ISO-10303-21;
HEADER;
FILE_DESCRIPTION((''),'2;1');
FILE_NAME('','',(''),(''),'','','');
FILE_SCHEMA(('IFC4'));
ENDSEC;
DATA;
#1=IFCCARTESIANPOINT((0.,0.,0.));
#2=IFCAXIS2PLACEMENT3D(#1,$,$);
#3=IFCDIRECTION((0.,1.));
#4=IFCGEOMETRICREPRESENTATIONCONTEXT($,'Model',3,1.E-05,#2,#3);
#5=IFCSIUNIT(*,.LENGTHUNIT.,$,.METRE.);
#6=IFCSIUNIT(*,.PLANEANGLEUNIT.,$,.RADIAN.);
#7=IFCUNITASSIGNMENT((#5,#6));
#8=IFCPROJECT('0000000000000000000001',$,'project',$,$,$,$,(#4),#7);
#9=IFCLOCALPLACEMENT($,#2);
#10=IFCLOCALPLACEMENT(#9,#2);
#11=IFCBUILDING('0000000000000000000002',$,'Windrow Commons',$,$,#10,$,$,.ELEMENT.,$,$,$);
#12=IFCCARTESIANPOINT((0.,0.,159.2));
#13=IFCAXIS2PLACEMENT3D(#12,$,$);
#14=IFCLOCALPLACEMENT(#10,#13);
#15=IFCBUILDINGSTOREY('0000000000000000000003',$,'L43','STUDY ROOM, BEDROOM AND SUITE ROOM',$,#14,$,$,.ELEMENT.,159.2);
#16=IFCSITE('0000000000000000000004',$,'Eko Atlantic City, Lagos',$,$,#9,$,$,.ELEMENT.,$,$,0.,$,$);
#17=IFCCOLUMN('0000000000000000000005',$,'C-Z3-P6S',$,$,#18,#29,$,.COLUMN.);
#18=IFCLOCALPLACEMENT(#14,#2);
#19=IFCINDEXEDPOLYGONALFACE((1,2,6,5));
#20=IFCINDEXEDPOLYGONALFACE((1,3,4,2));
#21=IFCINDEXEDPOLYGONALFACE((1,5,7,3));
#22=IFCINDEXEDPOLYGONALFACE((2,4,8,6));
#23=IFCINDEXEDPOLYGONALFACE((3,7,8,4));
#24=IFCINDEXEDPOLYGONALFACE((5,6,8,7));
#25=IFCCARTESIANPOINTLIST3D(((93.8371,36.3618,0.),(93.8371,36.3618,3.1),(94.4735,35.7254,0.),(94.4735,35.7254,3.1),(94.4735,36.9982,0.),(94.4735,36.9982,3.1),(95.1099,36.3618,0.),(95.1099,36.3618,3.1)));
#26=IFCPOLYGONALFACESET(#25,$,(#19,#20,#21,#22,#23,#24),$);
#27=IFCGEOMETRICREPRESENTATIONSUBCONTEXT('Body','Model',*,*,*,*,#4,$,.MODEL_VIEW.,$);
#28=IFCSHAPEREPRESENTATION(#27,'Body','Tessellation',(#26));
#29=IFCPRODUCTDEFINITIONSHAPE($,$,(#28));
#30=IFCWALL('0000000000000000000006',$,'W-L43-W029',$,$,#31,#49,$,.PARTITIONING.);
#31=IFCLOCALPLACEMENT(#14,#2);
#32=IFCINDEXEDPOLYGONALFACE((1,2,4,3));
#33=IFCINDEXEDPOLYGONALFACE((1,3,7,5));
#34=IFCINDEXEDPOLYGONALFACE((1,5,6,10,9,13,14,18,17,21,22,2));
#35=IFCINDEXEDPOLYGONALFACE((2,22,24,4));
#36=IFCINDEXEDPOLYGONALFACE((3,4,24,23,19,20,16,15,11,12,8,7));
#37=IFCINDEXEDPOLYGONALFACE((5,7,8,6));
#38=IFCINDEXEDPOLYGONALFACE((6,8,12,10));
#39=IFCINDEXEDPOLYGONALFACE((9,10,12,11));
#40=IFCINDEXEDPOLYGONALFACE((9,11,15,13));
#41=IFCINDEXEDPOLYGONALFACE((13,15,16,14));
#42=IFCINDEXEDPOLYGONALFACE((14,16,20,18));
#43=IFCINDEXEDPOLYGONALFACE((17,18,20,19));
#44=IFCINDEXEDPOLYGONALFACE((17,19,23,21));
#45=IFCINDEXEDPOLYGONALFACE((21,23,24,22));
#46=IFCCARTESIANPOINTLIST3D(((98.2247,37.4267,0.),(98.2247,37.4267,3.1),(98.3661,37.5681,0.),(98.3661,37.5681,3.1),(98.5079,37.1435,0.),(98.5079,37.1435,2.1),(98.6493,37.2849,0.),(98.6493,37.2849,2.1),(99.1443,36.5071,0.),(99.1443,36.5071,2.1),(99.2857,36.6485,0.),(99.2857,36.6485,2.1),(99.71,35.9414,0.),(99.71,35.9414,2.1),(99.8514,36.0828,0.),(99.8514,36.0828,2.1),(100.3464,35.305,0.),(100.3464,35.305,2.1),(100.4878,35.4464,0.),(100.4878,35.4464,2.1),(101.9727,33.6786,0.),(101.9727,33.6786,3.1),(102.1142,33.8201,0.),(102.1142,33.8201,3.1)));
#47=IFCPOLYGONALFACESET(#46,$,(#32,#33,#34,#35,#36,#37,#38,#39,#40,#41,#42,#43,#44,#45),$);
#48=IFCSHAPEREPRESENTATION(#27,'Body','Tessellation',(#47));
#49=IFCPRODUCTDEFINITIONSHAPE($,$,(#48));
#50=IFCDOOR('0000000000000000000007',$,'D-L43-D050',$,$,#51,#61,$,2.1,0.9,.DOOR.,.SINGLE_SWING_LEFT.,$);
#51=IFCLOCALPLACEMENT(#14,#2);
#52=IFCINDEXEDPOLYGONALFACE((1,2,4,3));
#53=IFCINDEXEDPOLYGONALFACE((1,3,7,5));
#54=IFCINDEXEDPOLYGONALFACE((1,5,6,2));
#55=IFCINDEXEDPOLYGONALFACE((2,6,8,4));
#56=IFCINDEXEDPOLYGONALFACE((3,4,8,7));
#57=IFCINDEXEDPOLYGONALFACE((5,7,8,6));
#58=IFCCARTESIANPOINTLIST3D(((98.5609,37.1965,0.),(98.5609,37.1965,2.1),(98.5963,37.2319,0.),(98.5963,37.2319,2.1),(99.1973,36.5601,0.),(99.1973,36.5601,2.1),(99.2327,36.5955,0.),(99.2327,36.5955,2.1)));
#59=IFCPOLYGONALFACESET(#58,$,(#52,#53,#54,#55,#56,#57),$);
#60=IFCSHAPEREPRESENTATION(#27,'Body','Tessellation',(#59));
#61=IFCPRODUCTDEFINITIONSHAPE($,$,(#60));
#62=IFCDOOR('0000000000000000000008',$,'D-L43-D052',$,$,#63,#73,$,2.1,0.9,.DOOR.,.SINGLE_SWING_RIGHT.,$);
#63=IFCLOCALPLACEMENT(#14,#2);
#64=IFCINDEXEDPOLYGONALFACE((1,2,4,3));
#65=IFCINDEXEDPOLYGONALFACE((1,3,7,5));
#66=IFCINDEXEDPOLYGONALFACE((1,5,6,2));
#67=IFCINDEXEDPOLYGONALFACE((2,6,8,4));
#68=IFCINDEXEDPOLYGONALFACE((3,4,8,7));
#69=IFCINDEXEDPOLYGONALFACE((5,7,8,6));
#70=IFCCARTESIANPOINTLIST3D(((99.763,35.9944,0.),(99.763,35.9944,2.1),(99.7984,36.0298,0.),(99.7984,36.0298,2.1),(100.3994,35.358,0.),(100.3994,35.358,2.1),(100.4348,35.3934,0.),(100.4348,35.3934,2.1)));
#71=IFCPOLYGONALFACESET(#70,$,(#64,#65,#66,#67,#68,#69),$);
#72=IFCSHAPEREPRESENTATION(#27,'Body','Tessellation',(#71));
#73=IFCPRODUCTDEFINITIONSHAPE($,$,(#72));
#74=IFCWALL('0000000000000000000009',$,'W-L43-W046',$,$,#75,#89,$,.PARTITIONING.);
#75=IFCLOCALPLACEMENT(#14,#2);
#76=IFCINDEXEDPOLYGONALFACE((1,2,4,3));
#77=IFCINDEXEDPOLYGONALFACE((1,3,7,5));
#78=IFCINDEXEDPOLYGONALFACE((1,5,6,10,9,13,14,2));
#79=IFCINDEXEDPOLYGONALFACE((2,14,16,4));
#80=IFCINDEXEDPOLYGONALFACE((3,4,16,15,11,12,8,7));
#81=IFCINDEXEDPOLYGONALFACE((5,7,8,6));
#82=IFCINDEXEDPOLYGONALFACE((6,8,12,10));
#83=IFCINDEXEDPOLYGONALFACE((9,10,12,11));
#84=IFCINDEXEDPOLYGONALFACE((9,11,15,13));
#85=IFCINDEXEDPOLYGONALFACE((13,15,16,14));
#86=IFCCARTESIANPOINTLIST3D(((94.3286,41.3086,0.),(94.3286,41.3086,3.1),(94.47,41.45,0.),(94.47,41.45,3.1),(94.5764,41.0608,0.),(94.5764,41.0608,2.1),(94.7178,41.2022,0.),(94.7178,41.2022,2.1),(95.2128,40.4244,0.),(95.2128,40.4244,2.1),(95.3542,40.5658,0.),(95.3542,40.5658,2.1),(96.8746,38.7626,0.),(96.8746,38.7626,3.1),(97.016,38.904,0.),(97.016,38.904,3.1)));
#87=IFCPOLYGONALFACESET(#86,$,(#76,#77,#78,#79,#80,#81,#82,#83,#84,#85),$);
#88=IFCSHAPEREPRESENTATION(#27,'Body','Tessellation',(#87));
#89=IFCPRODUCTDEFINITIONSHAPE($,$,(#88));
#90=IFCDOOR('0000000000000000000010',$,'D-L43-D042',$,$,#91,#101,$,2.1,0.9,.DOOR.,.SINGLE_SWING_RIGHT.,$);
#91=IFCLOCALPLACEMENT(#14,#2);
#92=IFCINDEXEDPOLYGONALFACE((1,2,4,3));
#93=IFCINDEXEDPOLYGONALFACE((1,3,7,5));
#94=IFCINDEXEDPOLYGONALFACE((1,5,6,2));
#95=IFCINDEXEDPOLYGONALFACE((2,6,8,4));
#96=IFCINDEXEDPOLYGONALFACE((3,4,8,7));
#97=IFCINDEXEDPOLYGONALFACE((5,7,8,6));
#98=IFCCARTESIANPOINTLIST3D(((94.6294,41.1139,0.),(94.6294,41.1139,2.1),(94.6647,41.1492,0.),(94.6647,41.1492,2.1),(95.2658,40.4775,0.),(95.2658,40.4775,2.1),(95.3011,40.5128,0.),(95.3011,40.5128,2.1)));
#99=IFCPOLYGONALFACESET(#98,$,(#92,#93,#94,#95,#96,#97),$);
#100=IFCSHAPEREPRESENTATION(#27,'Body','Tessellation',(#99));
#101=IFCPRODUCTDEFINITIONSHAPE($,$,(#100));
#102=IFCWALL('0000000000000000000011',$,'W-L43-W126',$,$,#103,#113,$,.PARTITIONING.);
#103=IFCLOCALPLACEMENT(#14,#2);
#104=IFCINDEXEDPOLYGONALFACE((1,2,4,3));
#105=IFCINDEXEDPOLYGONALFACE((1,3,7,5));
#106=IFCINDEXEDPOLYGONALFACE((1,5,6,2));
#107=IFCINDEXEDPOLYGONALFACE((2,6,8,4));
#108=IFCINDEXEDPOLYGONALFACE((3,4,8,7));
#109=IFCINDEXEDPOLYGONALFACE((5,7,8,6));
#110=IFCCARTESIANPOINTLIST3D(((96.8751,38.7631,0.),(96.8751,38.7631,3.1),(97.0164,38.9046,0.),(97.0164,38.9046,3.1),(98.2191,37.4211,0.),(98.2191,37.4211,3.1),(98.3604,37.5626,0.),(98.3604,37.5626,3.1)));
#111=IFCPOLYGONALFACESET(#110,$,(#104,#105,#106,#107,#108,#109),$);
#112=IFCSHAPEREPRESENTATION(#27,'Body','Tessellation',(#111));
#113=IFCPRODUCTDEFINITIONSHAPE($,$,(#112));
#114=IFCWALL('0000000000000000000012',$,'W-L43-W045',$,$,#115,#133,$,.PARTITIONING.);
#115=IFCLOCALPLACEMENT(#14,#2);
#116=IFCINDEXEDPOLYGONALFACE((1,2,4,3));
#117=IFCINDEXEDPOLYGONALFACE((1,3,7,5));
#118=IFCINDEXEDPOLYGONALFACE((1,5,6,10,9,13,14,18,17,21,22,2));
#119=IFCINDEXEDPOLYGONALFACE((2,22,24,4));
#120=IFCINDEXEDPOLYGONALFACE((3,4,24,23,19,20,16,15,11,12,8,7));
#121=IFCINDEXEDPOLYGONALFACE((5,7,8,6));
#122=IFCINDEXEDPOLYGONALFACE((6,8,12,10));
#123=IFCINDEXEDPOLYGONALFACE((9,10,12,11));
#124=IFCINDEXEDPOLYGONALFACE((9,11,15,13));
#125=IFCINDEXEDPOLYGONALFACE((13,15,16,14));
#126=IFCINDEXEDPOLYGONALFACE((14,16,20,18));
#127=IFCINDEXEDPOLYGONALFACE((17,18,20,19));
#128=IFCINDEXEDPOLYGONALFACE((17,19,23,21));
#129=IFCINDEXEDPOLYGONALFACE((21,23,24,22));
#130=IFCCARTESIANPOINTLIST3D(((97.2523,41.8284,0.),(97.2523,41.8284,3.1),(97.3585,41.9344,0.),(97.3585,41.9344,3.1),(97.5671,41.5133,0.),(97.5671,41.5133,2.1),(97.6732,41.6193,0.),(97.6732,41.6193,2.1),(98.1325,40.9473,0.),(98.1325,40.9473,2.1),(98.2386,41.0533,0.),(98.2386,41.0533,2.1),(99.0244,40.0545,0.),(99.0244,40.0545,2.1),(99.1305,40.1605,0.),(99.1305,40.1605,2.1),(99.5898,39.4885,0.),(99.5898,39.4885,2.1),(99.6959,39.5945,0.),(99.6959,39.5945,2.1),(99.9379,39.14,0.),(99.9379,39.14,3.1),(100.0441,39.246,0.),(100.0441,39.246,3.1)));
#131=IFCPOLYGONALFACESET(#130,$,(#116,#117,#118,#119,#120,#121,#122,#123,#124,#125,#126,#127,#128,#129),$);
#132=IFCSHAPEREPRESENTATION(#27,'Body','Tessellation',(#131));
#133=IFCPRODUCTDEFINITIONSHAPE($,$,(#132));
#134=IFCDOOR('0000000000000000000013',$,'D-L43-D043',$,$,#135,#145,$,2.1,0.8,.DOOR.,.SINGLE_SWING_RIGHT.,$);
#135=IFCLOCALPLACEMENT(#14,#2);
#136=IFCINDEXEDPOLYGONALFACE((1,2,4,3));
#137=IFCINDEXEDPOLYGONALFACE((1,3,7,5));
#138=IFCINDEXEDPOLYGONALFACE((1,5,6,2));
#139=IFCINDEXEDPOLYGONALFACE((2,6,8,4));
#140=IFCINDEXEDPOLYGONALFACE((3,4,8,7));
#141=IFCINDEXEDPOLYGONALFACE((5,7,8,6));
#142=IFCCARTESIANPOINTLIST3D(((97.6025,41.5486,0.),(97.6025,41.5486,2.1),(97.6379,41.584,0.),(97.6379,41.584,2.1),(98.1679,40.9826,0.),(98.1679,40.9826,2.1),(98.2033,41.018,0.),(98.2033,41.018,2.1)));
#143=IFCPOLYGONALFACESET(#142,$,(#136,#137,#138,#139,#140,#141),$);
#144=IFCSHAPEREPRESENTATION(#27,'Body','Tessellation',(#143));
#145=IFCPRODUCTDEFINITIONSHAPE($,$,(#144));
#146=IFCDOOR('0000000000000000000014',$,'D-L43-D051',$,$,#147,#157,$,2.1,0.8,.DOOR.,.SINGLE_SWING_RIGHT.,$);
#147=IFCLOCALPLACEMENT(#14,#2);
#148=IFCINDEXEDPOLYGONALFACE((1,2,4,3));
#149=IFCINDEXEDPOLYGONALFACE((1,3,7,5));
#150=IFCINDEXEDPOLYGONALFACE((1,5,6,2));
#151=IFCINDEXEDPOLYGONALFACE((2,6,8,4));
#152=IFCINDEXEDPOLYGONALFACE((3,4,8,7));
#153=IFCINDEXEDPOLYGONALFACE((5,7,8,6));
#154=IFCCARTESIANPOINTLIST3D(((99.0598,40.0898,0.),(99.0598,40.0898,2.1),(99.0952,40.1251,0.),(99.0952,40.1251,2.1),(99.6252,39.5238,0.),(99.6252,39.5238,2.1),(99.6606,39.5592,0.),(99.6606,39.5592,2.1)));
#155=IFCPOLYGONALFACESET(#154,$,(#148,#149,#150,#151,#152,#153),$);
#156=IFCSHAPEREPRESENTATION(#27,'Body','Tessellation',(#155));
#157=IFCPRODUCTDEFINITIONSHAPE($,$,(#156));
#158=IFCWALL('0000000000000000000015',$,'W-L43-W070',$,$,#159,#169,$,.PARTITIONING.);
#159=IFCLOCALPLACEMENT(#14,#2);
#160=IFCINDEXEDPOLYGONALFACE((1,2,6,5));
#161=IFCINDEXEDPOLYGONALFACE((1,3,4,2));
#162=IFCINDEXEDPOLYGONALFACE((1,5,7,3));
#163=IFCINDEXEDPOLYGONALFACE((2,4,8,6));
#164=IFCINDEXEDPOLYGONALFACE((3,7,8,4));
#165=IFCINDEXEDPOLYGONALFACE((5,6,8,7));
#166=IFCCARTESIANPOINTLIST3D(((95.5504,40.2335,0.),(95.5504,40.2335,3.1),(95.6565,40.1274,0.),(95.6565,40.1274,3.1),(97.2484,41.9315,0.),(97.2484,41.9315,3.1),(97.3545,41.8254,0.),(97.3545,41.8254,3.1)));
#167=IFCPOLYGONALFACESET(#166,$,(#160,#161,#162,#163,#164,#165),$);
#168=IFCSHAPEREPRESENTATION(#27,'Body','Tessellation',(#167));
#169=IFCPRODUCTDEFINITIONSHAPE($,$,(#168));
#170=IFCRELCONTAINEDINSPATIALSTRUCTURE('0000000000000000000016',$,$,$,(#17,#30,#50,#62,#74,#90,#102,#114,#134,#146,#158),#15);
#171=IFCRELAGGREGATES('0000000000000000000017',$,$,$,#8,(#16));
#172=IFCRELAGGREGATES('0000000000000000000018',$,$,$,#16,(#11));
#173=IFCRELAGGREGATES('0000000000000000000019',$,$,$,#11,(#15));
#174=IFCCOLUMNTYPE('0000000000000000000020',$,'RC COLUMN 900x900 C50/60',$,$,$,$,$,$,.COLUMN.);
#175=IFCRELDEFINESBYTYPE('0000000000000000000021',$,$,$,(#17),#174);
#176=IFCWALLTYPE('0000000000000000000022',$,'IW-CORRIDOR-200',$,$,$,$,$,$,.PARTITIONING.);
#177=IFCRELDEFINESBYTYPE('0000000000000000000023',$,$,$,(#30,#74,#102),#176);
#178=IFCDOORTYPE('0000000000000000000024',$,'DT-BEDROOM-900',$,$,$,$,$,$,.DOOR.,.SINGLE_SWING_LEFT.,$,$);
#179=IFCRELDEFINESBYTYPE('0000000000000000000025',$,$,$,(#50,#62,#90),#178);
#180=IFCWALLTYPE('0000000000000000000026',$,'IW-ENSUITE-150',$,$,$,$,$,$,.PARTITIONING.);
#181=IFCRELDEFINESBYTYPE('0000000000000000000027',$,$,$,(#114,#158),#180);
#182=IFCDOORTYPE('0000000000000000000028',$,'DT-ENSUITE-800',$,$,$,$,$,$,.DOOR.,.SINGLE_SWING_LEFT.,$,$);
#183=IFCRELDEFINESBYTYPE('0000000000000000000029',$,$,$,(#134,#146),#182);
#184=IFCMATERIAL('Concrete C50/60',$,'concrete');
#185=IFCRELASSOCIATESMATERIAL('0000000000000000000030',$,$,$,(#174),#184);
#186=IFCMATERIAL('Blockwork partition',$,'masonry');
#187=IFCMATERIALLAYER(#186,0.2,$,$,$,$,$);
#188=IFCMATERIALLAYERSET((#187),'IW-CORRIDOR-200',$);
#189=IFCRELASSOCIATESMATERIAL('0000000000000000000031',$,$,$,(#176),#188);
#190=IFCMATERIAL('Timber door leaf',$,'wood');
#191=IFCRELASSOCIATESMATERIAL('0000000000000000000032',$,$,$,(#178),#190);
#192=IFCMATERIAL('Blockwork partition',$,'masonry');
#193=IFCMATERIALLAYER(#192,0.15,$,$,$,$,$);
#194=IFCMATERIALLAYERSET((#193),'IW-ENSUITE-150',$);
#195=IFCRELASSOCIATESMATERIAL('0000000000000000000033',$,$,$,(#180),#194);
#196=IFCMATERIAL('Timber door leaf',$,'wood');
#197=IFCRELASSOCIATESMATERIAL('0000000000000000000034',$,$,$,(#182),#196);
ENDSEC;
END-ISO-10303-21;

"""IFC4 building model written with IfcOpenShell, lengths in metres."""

from ifc_helpers import new_model, si_unit, direction, frame, frame_2d, origin, origin_2d, place, context, subcontext, project, spatial, rectangle, extrude, material, layer, layer_set, material_profile, profile_set, type_object, element, fill, save


model = new_model("IFC4")

# Units and contexts
model_context = context("Model", 3, precision=1e-05, world=origin(), true_north=direction((0.0, 1.0)))
body_context = subcontext(model_context, "Body", "Model", "MODEL_VIEW")
ifc_project = project(units=[si_unit("LENGTHUNIT", "METRE"), si_unit("PLANEANGLEUNIT", "RADIAN")], contexts=[model_context])

# Site, building, storey
site_placement = place(None, origin())
site = spatial("IfcSite", under=ifc_project, at=site_placement, Name="Eko Atlantic City, Lagos", CompositionType="ELEMENT", RefElevation=0.0)
building_placement = place(site_placement, origin())
building = spatial("IfcBuilding", under=site, at=building_placement, Name="Windrow Commons", CompositionType="ELEMENT")
storey_placement = place(building_placement, frame((0.0, 0.0, 159.2)))
storey = spatial("IfcBuildingStorey", under=building, at=storey_placement, Name="L43", Description="STUDY ROOM, BEDROOM AND SUITE ROOM", CompositionType="ELEMENT", Elevation=159.2)

# Column
ifc_material_1 = material(Name="Concrete C50/60", Category="concrete")
ifc_material_profile = material_profile(ifc_material_1, rectangle(XDim=0.9, YDim=0.9, at=origin_2d()))
ifc_profile_set = profile_set([ifc_material_profile], Name="Concrete C50/60")
column_type = type_object("IfcColumnType", Name="RC COLUMN 900x900 C50/60", PredefinedType="COLUMN", material=ifc_profile_set)
column_placement = place(storey_placement, frame((94.4735, 36.3618, 0.0), z_axis=(0.0, 0.0, 1.0), x_axis=(0.707107, -0.707107, 0.0)))
element("IfcColumn", 1, at=column_placement, inside=storey, type_object=column_type, Name="C-Z3-P6S", PredefinedType="COLUMN", context=body_context, shape_type="SweptSolid", body=[
    extrude(rectangle(XDim=0.9, YDim=0.9, at=origin_2d()), origin(), (0.0, 0.0, 1.0), 3.1),
])

# Wall, openings, doors
ifc_material_2 = material(Name="Blockwork partition", Category="masonry")
ifc_layer_1 = layer(ifc_material_2, 0.2)
ifc_layer_set_1 = layer_set([ifc_layer_1], Name="IW-CORRIDOR-200")
wall_type_1 = type_object("IfcWallType", Name="IW-CORRIDOR-200", PredefinedType="PARTITIONING", material=ifc_layer_set_1)
wall_1_placement = place(storey_placement, frame((98.2954, 37.4974, 0.0), z_axis=(0.0, 0.0, 1.0), x_axis=(0.707107, -0.707107, 0.0)))
wall_1 = element("IfcWall", 2, at=wall_1_placement, inside=storey, type_object=wall_type_1, Name="W-L43-W029", PredefinedType="PARTITIONING", context=body_context, shape_type="SweptSolid", body=[
    extrude(rectangle(XDim=5.3005, YDim=0.2, at=frame_2d((2.6503, 0.0))), origin(), (0.0, 0.0, 1.0), 3.1),
])
opening_1_placement = place(wall_1_placement, frame((0.4005, 0.0, 0.0)))
opening_1 = element("IfcOpeningElement", 3, at=opening_1_placement, cuts=wall_1, PredefinedType="OPENING", context=body_context, shape_type="SweptSolid", body=[
    extrude(rectangle(XDim=0.9, YDim=2.1, at=frame_2d((0.45, 1.05))), frame((0.0, 0.11, 0.0), z_axis=(0.0, -1.0, 0.0), x_axis=(1.0, 0.0, 0.0)), (0.0, 0.0, 1.0), 0.22),
])
opening_2_placement = place(wall_1_placement, frame((2.1005, 0.0, 0.0)))
opening_2 = element("IfcOpeningElement", 4, at=opening_2_placement, cuts=wall_1, PredefinedType="OPENING", context=body_context, shape_type="SweptSolid", body=[
    extrude(rectangle(XDim=0.9, YDim=2.1, at=frame_2d((0.45, 1.05))), frame((0.0, 0.11, 0.0), z_axis=(0.0, -1.0, 0.0), x_axis=(1.0, 0.0, 0.0)), (0.0, 0.0, 1.0), 0.22),
])
ifc_material_3 = material(Name="Timber door leaf", Category="wood")
door_type_1 = type_object("IfcDoorType", Name="DT-BEDROOM-900", OperationType="SINGLE_SWING_LEFT", PredefinedType="DOOR", material=ifc_material_3)
door_1_placement = place(opening_1_placement, origin())
door_1 = element("IfcDoor", 5, at=door_1_placement, inside=storey, type_object=door_type_1, Name="D-L43-D050", OperationType="SINGLE_SWING_LEFT", OverallHeight=2.1, OverallWidth=0.9, PredefinedType="DOOR", context=body_context, shape_type="SweptSolid", body=[
    extrude(rectangle(XDim=0.9, YDim=2.1, at=frame_2d((0.45, 1.05))), frame((0.0, 0.025, 0.0), z_axis=(0.0, -1.0, 0.0), x_axis=(1.0, 0.0, 0.0)), (0.0, 0.0, 1.0), 0.05),
])
fill(opening_1, door_1)
door_2_placement = place(opening_2_placement, origin())
door_2 = element("IfcDoor", 6, at=door_2_placement, inside=storey, type_object=door_type_1, Name="D-L43-D052", OperationType="SINGLE_SWING_RIGHT", OverallHeight=2.1, OverallWidth=0.9, PredefinedType="DOOR", context=body_context, shape_type="SweptSolid", body=[
    extrude(rectangle(XDim=0.9, YDim=2.1, at=frame_2d((0.45, 1.05))), frame((0.0, 0.025, 0.0), z_axis=(0.0, -1.0, 0.0), x_axis=(1.0, 0.0, 0.0)), (0.0, 0.0, 1.0), 0.05),
])
fill(opening_2, door_2)

# Wall, opening, door
wall_2_placement = place(storey_placement, frame((94.3993, 41.3793, 0.0), z_axis=(0.0, 0.0, 1.0), x_axis=(0.707107, -0.707107, 0.0)))
wall_2 = element("IfcWall", 7, at=wall_2_placement, inside=storey, type_object=wall_type_1, Name="W-L43-W046", PredefinedType="PARTITIONING", context=body_context, shape_type="SweptSolid", body=[
    extrude(rectangle(XDim=3.6006, YDim=0.2, at=frame_2d((1.8003, 0.0))), origin(), (0.0, 0.0, 1.0), 3.1),
])
opening_3_placement = place(wall_2_placement, frame((0.3504, 0.0, 0.0)))
opening_3 = element("IfcOpeningElement", 8, at=opening_3_placement, cuts=wall_2, PredefinedType="OPENING", context=body_context, shape_type="SweptSolid", body=[
    extrude(rectangle(XDim=0.9, YDim=2.1, at=frame_2d((0.45, 1.05))), frame((0.0, 0.11, 0.0), z_axis=(0.0, -1.0, 0.0), x_axis=(1.0, 0.0, 0.0)), (0.0, 0.0, 1.0), 0.22),
])
door_3_placement = place(opening_3_placement, origin())
door_3 = element("IfcDoor", 9, at=door_3_placement, inside=storey, type_object=door_type_1, Name="D-L43-D042", OperationType="SINGLE_SWING_RIGHT", OverallHeight=2.1, OverallWidth=0.9, PredefinedType="DOOR", context=body_context, shape_type="SweptSolid", body=[
    extrude(rectangle(XDim=0.9, YDim=2.1, at=frame_2d((0.45, 1.05))), frame((0.0, 0.025, 0.0), z_axis=(0.0, -1.0, 0.0), x_axis=(1.0, 0.0, 0.0)), (0.0, 0.0, 1.0), 0.05),
])
fill(opening_3, door_3)

# Wall
wall_3_placement = place(storey_placement, frame((96.9458, 38.8338, 0.0), z_axis=(0.0, 0.0, 1.0), x_axis=(0.707633, -0.70658, 0.0)))
element("IfcWall", 10, at=wall_3_placement, inside=storey, type_object=wall_type_1, Name="W-L43-W126", PredefinedType="PARTITIONING", context=body_context, shape_type="SweptSolid", body=[
    extrude(rectangle(XDim=1.8993, YDim=0.2, at=frame_2d((0.9496, 0.0))), origin(), (0.0, 0.0, 1.0), 3.1),
])

# Wall, openings, doors
ifc_material_4 = material(Name="Blockwork partition", Category="masonry")
ifc_layer_2 = layer(ifc_material_4, 0.15)
ifc_layer_set_2 = layer_set([ifc_layer_2], Name="IW-ENSUITE-150")
wall_type_2 = type_object("IfcWallType", Name="IW-ENSUITE-150", PredefinedType="PARTITIONING", material=ifc_layer_set_2)
wall_4_placement = place(storey_placement, frame((97.3054, 41.8814, 0.0), z_axis=(0.0, 0.0, 1.0), x_axis=(0.706738, -0.707475, 0.0)))
wall_4 = element("IfcWall", 11, at=wall_4_placement, inside=storey, type_object=wall_type_2, Name="W-L43-W045", PredefinedType="PARTITIONING", context=body_context, shape_type="SweptSolid", body=[
    extrude(rectangle(XDim=3.8, YDim=0.15, at=frame_2d((1.9, 0.0))), origin(), (0.0, 0.0, 1.0), 3.1),
])
opening_4_placement = place(wall_4_placement, frame((0.4454, 0.0, 0.0)))
opening_4 = element("IfcOpeningElement", 12, at=opening_4_placement, cuts=wall_4, PredefinedType="OPENING", context=body_context, shape_type="SweptSolid", body=[
    extrude(rectangle(XDim=0.8, YDim=2.1, at=frame_2d((0.4, 1.05))), frame((0.0, 0.085, 0.0), z_axis=(0.0, -1.0, 0.0), x_axis=(1.0, 0.0, 0.0)), (0.0, 0.0, 1.0), 0.17),
])
opening_5_placement = place(wall_4_placement, frame((2.5074, 0.0, 0.0)))
opening_5 = element("IfcOpeningElement", 13, at=opening_5_placement, cuts=wall_4, PredefinedType="OPENING", context=body_context, shape_type="SweptSolid", body=[
    extrude(rectangle(XDim=0.8, YDim=2.1, at=frame_2d((0.4, 1.05))), frame((0.0, 0.085, 0.0), z_axis=(0.0, -1.0, 0.0), x_axis=(1.0, 0.0, 0.0)), (0.0, 0.0, 1.0), 0.17),
])
ifc_material_5 = material(Name="Timber door leaf", Category="wood")
door_type_2 = type_object("IfcDoorType", Name="DT-ENSUITE-800", OperationType="SINGLE_SWING_LEFT", PredefinedType="DOOR", material=ifc_material_5)
door_4_placement = place(opening_4_placement, origin())
door_4 = element("IfcDoor", 14, at=door_4_placement, inside=storey, type_object=door_type_2, Name="D-L43-D043", OperationType="SINGLE_SWING_RIGHT", OverallHeight=2.1, OverallWidth=0.8, PredefinedType="DOOR", context=body_context, shape_type="SweptSolid", body=[
    extrude(rectangle(XDim=0.8, YDim=2.1, at=frame_2d((0.4, 1.05))), frame((0.0, 0.025, 0.0), z_axis=(0.0, -1.0, 0.0), x_axis=(1.0, 0.0, 0.0)), (0.0, 0.0, 1.0), 0.05),
])
fill(opening_4, door_4)
door_5_placement = place(opening_5_placement, origin())
door_5 = element("IfcDoor", 15, at=door_5_placement, inside=storey, type_object=door_type_2, Name="D-L43-D051", OperationType="SINGLE_SWING_RIGHT", OverallHeight=2.1, OverallWidth=0.8, PredefinedType="DOOR", context=body_context, shape_type="SweptSolid", body=[
    extrude(rectangle(XDim=0.8, YDim=2.1, at=frame_2d((0.4, 1.05))), frame((0.0, 0.025, 0.0), z_axis=(0.0, -1.0, 0.0), x_axis=(1.0, 0.0, 0.0)), (0.0, 0.0, 1.0), 0.05),
])
fill(opening_5, door_5)

# Wall
for number, where, z_axis, x_axis, name in (
    (16, (95.6035, 40.1805, 0.0), (0.0, 0.0, 1.0), (0.707107, 0.707107, 0.0), "W-L43-W070"),
):
    element("IfcWall", number, at=place(storey_placement, frame(where, z_axis=z_axis, x_axis=x_axis)), inside=storey, type_object=wall_type_2, Name=name, PredefinedType="PARTITIONING", context=body_context, shape_type="SweptSolid", body=[
        extrude(rectangle(XDim=2.4013, YDim=0.15, at=frame_2d((1.2006, 0.0))), origin(), (0.0, 0.0, 1.0), 3.1),
    ])

save(model, "model.ifc")
